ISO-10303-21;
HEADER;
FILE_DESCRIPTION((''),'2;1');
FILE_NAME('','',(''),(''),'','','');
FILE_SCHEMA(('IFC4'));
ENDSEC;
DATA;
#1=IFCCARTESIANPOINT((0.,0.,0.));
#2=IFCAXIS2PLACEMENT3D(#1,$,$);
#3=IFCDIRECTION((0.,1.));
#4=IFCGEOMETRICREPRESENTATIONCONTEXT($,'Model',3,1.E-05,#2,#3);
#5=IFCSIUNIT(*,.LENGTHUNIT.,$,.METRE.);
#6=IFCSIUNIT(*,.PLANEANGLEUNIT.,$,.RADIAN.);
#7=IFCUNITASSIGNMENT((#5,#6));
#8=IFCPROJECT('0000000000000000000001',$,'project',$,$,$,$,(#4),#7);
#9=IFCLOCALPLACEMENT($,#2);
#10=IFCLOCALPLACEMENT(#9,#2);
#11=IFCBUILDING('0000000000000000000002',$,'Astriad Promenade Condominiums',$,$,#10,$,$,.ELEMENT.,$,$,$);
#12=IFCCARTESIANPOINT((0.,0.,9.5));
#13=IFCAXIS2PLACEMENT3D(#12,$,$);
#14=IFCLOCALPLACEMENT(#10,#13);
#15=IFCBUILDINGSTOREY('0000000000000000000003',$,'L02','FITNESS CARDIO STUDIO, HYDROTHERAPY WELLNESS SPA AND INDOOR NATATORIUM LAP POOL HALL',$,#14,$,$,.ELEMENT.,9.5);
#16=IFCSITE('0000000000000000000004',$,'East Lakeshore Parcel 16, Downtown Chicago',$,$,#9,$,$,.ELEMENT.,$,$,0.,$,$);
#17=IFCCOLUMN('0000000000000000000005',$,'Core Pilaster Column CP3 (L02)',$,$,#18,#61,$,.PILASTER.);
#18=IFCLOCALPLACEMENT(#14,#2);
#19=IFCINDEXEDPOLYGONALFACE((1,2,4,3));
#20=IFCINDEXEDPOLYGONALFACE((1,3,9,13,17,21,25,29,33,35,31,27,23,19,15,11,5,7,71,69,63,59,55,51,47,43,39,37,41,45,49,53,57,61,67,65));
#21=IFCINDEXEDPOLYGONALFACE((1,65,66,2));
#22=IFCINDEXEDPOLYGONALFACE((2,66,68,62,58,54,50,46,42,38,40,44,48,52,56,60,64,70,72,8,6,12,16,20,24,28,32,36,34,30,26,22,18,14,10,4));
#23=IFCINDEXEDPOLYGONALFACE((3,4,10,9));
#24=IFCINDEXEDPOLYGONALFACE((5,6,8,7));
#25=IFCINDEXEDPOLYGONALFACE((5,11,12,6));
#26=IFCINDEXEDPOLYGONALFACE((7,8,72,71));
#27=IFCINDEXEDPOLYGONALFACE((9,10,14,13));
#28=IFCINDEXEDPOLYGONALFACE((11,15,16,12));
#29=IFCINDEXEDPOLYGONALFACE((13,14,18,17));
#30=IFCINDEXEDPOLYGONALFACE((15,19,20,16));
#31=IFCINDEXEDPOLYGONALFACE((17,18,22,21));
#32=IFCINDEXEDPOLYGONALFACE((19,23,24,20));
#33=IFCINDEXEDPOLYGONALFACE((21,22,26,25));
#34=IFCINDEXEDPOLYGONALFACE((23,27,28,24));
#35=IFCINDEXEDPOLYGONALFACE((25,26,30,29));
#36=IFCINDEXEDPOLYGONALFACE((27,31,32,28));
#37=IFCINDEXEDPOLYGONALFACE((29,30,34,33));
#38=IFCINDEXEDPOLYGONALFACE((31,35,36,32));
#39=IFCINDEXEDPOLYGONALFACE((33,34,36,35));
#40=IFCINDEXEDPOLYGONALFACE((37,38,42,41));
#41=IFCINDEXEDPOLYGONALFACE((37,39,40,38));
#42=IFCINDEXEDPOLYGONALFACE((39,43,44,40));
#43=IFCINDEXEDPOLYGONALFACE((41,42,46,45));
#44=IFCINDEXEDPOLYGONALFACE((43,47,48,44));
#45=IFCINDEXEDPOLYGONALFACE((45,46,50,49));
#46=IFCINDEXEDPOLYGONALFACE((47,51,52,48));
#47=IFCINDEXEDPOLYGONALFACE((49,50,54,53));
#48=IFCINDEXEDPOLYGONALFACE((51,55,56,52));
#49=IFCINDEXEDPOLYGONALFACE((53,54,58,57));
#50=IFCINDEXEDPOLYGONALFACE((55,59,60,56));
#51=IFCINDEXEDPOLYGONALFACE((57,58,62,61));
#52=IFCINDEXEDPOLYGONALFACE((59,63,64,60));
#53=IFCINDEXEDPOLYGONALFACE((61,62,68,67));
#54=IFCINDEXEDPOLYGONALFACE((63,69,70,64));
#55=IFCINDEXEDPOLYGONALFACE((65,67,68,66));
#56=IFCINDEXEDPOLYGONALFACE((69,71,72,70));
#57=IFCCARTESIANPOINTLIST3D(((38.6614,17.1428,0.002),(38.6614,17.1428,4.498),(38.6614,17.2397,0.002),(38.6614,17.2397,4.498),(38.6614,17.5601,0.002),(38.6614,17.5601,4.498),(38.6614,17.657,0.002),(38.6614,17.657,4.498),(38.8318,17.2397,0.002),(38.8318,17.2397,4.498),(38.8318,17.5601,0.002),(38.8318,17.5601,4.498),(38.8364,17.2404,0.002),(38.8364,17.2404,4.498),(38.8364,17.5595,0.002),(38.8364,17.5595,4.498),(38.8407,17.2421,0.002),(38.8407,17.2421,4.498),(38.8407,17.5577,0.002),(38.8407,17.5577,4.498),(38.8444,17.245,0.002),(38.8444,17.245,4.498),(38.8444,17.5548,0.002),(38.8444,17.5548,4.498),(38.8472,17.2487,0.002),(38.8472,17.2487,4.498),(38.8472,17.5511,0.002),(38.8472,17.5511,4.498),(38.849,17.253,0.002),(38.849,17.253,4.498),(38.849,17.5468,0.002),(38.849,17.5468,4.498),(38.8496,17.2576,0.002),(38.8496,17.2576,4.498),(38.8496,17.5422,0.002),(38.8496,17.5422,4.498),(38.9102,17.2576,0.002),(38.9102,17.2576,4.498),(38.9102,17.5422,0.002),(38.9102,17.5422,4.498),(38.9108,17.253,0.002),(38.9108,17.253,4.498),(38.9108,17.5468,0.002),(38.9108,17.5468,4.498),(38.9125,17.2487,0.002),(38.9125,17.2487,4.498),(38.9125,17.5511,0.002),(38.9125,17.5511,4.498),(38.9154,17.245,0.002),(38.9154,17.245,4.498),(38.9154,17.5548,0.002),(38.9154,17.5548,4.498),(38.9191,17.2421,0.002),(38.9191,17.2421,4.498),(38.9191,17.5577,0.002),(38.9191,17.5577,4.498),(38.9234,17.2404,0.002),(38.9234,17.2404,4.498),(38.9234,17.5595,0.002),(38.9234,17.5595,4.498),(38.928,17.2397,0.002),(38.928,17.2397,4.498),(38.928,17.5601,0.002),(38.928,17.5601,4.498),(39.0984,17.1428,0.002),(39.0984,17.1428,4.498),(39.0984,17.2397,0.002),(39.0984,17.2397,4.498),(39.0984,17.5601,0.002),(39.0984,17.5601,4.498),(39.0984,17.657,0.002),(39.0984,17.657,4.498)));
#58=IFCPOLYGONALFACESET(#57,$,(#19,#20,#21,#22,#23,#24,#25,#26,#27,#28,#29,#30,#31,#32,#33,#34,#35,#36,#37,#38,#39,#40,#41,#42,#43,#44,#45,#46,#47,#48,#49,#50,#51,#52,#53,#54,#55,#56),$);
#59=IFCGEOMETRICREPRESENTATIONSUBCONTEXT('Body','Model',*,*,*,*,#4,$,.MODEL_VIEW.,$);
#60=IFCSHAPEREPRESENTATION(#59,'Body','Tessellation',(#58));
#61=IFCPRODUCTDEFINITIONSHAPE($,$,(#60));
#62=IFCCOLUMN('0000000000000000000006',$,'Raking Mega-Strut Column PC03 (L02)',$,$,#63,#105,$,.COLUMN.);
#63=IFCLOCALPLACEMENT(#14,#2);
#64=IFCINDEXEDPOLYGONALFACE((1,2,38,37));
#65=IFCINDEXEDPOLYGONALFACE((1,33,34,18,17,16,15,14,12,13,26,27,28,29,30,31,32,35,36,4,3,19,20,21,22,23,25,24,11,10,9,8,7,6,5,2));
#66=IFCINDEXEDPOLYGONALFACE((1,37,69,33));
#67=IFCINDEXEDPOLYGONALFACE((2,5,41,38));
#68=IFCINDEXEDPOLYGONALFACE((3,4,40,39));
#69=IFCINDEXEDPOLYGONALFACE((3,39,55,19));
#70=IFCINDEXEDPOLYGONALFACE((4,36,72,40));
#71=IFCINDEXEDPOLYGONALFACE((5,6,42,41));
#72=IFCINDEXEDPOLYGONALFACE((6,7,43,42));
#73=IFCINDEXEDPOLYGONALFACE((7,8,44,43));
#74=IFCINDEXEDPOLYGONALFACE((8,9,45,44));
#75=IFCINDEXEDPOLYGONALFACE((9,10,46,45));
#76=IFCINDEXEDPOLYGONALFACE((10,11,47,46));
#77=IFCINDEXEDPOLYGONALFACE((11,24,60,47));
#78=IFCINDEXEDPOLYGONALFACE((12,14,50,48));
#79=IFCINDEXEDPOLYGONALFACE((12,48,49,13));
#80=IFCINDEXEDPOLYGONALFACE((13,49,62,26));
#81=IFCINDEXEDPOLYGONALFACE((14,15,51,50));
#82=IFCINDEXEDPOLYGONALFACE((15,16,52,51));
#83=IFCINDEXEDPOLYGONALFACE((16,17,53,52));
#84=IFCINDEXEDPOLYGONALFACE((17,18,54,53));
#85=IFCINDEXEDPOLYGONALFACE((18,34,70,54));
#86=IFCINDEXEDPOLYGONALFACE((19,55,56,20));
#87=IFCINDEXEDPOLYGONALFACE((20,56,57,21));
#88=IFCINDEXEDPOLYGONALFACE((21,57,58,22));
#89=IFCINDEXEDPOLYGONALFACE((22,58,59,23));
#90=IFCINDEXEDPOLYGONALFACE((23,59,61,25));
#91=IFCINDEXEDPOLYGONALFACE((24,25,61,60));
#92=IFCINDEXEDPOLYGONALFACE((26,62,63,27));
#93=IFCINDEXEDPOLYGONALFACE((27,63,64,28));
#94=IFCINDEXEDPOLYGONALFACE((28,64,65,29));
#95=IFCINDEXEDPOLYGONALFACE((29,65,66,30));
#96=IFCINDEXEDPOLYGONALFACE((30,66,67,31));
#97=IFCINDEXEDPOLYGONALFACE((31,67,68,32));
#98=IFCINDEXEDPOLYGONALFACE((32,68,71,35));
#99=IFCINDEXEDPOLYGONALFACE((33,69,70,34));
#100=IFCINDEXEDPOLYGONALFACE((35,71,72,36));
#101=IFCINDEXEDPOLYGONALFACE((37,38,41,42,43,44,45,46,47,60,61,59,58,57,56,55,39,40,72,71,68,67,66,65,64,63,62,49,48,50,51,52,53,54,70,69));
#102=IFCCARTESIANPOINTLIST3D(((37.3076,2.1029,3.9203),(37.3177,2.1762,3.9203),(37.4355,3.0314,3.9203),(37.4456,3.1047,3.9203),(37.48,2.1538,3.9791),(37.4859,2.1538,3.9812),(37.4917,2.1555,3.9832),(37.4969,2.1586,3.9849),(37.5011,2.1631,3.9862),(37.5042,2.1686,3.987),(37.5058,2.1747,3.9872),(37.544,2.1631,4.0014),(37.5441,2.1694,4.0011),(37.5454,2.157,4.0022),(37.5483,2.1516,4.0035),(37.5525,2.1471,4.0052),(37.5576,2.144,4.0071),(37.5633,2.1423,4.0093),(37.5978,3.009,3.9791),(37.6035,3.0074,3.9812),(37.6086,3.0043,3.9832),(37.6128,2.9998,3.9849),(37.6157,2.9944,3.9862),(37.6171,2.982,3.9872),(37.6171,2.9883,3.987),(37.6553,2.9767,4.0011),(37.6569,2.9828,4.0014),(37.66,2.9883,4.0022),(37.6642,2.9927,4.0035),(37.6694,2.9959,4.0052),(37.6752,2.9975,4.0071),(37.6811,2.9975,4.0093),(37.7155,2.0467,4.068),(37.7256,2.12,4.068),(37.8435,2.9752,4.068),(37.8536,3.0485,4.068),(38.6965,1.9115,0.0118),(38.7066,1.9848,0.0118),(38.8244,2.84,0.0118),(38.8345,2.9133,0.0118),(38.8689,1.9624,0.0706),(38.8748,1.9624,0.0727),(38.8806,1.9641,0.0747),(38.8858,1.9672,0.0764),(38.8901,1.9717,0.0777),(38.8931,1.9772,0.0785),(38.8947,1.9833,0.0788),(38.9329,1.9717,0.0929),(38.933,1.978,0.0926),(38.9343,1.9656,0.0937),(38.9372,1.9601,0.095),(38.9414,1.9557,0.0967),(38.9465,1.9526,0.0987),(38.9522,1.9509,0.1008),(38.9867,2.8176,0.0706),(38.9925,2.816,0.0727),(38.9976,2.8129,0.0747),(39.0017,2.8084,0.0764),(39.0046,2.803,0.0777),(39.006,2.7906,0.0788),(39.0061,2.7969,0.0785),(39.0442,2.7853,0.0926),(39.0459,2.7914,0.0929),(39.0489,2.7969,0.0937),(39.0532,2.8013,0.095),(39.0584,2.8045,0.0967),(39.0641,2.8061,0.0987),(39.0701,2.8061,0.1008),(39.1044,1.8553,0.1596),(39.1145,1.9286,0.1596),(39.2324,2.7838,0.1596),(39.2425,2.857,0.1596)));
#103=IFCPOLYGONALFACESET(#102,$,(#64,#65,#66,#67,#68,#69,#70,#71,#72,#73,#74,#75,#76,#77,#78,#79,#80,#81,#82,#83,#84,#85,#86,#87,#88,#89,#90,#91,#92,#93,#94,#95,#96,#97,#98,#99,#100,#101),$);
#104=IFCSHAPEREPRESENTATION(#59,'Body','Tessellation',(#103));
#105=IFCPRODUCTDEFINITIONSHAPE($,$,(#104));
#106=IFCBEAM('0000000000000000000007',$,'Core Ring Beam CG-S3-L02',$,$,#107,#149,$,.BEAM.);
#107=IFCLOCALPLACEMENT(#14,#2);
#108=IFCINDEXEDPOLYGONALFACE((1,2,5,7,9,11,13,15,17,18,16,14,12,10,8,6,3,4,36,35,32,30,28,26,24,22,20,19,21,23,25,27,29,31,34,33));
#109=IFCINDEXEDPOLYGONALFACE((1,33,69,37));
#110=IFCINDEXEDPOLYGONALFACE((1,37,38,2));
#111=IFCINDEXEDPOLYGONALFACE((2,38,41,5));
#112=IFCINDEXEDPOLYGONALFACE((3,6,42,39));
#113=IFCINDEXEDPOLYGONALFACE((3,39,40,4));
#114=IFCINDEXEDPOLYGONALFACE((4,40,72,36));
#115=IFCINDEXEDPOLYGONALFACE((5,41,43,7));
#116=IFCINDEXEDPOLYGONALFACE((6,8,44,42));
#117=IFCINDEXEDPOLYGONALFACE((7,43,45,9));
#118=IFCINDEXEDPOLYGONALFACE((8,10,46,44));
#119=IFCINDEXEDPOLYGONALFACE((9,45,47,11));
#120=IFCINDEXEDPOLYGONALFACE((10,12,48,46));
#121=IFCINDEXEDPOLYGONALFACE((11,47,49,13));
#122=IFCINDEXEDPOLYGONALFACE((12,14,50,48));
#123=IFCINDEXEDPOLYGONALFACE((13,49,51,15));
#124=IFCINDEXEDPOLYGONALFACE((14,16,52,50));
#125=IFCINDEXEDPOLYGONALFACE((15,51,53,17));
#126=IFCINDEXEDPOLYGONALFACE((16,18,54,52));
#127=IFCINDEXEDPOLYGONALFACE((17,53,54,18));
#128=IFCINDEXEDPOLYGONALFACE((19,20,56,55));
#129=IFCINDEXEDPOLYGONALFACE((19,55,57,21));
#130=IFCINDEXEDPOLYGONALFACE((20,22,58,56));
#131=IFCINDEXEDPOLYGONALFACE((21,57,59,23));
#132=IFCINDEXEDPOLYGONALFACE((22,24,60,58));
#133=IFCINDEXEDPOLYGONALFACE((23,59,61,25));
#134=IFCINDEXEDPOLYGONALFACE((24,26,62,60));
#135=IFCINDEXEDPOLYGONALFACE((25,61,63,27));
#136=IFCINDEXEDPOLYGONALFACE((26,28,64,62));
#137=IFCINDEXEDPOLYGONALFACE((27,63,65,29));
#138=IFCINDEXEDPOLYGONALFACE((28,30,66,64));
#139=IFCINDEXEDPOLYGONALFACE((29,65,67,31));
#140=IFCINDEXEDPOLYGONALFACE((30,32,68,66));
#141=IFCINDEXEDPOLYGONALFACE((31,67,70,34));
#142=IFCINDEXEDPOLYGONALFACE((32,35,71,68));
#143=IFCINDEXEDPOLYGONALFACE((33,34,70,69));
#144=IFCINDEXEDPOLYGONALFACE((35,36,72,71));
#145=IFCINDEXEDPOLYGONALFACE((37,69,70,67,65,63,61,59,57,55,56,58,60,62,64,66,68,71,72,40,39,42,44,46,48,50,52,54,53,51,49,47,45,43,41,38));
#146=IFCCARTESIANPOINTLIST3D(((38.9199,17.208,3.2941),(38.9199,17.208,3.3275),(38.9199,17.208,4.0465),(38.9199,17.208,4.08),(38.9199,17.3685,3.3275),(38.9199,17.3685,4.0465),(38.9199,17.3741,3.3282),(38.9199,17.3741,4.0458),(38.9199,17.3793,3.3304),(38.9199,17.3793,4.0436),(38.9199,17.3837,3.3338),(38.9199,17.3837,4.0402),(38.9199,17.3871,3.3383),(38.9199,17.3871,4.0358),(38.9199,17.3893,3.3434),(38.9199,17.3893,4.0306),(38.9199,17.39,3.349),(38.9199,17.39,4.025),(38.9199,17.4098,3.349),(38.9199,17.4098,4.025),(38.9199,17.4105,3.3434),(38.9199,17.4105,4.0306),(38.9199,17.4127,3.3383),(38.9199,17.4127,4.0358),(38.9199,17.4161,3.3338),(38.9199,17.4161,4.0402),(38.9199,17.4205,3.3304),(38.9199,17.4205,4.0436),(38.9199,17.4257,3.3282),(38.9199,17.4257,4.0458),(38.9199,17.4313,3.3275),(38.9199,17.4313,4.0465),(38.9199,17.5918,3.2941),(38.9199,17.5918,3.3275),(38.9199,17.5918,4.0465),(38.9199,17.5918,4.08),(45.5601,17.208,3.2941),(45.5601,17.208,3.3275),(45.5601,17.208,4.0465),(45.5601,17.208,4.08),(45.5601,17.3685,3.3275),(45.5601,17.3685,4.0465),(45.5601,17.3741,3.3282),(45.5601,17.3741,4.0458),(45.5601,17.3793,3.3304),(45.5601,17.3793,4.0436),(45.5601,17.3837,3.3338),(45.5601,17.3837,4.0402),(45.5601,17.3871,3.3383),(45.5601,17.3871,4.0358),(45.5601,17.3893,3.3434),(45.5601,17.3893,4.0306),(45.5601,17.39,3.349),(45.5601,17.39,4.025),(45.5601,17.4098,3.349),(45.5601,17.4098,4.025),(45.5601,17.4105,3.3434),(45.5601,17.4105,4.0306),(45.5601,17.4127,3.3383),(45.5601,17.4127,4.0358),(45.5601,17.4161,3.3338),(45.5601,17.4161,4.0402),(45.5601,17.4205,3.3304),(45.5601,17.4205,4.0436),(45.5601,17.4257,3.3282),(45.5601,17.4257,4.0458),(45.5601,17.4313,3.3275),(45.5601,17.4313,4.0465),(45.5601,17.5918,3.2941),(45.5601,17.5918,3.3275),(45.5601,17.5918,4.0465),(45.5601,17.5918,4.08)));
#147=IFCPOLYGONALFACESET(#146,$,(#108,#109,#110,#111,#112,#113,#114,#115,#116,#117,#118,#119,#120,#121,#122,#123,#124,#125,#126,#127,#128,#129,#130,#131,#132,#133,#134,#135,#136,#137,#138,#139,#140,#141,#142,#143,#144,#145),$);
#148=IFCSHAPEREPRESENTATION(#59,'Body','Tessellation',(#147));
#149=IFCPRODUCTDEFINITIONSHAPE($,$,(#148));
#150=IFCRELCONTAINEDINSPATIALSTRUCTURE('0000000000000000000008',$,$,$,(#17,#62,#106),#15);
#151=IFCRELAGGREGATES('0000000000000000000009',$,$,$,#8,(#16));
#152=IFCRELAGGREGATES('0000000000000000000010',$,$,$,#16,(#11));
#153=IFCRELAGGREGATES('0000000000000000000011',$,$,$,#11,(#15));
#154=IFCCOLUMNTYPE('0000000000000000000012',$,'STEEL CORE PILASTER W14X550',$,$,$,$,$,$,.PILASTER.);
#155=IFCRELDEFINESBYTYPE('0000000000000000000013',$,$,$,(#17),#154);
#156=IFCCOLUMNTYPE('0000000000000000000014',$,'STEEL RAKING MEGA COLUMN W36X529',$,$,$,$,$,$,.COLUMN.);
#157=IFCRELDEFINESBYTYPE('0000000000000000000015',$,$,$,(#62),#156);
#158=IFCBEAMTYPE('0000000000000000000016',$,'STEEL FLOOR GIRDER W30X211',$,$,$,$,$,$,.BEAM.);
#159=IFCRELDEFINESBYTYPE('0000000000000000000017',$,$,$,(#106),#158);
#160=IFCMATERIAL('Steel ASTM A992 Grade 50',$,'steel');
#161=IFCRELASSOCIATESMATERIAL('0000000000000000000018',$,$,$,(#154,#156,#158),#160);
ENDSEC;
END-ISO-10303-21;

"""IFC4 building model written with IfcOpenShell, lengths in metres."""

from ifc_helpers import new_model, si_unit, direction, frame, origin, origin_2d, place, context, subcontext, project, spatial, i_section, extrude, source, transform, mapped, material, material_profile, profile_set, type_object, type_shapes, element, save


model = new_model("IFC4")

# Units and contexts
model_context = context("Model", 3, precision=1e-05, world=origin(), true_north=direction((0.0, 1.0)))
body_context = subcontext(model_context, "Body", "Model", "MODEL_VIEW")
ifc_project = project(units=[si_unit("LENGTHUNIT", "METRE"), si_unit("PLANEANGLEUNIT", "RADIAN")], contexts=[model_context])

# Site, building, storey
site_placement = place(None, origin())
site = spatial("IfcSite", under=ifc_project, at=site_placement, Name="East Lakeshore Parcel 16, Downtown Chicago", CompositionType="ELEMENT", RefElevation=0.0)
building_placement = place(site_placement, origin())
building = spatial("IfcBuilding", under=site, at=building_placement, Name="Astriad Promenade Condominiums", CompositionType="ELEMENT")
storey_placement = place(building_placement, frame((0.0, 0.0, 9.5)))
storey = spatial("IfcBuildingStorey", under=building, at=storey_placement, Name="L02", Description="FITNESS CARDIO STUDIO, HYDROTHERAPY WELLNESS SPA AND INDOOR NATATORIUM LAP POOL HALL", CompositionType="ELEMENT", Elevation=9.5)

# Columns
ifc_material_1 = material(Name="Steel ASTM A992 Grade 50", Category="steel")
ifc_material_profile_1 = material_profile(ifc_material_1, i_section(OverallWidth=0.437, OverallDepth=0.5142, WebThickness=0.0605, FlangeThickness=0.0969, FilletRadius=0.0178, at=origin_2d()), Name="W14X550")
ifc_profile_set_1 = profile_set([ifc_material_profile_1], Name="Steel ASTM A992 Grade 50")
column_type_1 = type_object("IfcColumnType", Name="STEEL CORE PILASTER W14X550", PredefinedType="PILASTER", material=ifc_profile_set_1)
shared_shape_1 = source(origin(), body_context, "Body", "SweptSolid", [
    extrude(i_section(OverallWidth=0.437, OverallDepth=0.5142, WebThickness=0.0605, FlangeThickness=0.0969, FilletRadius=0.0178, at=origin_2d()), origin(), (0.0, 0.0, 1.0), 4.4961),
])
type_shapes(column_type_1, [shared_shape_1])
column_1_placement = place(storey_placement, frame((38.8799, 17.3999, 0.002), z_axis=(0.0, 0.0, 1.0), x_axis=(1.0, 0.0, 0.0)))
element("IfcColumn", 1, at=column_1_placement, inside=storey, type_object=column_type_1, Name="Core Pilaster Column CP3 (L02)", PredefinedType="PILASTER", context=body_context, shape_type="MappedRepresentation", body=[
    mapped(shared_shape_1, transform((0.0, 0.0, 0.0), scale=1.0)),
])
ifc_material_profile_2 = material_profile(ifc_material_1, i_section(OverallWidth=0.4375, OverallDepth=1.0112, WebThickness=0.041, FlangeThickness=0.074, FilletRadius=0.0242, at=origin_2d()), Name="W36X529")
ifc_profile_set_2 = profile_set([ifc_material_profile_2], Name="Steel ASTM A992 Grade 50")
column_type_2 = type_object("IfcColumnType", Name="STEEL RAKING MEGA COLUMN W36X529", PredefinedType="COLUMN", material=ifc_profile_set_2)
shared_shape_2 = source(origin(), body_context, "Body", "SweptSolid", [
    extrude(i_section(OverallWidth=0.4375, OverallDepth=1.0112, WebThickness=0.041, FlangeThickness=0.074, FilletRadius=0.0242, at=origin_2d()), origin(), (0.0, 0.0, 1.0), 4.1523),
])
type_shapes(column_type_2, [shared_shape_2])
column_2_placement = place(storey_placement, frame((38.9695, 2.3843, 0.0857), z_axis=(-0.334492, 0.046096, 0.94127), x_axis=(0.932458, -0.128502, 0.337654)))
element("IfcColumn", 2, at=column_2_placement, inside=storey, type_object=column_type_2, Name="Raking Mega-Strut Column PC03 (L02)", PredefinedType="COLUMN", context=body_context, shape_type="MappedRepresentation", body=[
    mapped(shared_shape_2, transform((0.0, 0.0, 0.0), scale=1.0)),
])

# Beam
ifc_material_profile_3 = material_profile(ifc_material_1, i_section(OverallWidth=0.3838, OverallDepth=0.7859, WebThickness=0.0198, FlangeThickness=0.0334, FilletRadius=0.0215, at=origin_2d()), Name="W30X211")
ifc_profile_set_3 = profile_set([ifc_material_profile_3], Name="Steel ASTM A992 Grade 50")
beam_type_1 = type_object("IfcBeamType", Name="STEEL FLOOR GIRDER W30X211", PredefinedType="BEAM", material=ifc_profile_set_3)
shared_shape_3 = source(origin(), body_context, "Body", "SweptSolid", [
    extrude(i_section(OverallWidth=0.3838, OverallDepth=0.7859, WebThickness=0.0198, FlangeThickness=0.0334, FilletRadius=0.0215, at=origin_2d()), origin(), (0.0, 0.0, 1.0), 6.6401),
])
type_shapes(beam_type_1, [shared_shape_3])
beam_1_placement = place(storey_placement, frame((38.9199, 17.3999, 3.687), z_axis=(1.0, 0.0, 0.0), x_axis=(0.0, 1.0, 0.0)))
element("IfcBeam", 3, at=beam_1_placement, inside=storey, type_object=beam_type_1, Name="Core Ring Beam CG-S3-L02", PredefinedType="BEAM", context=body_context, shape_type="MappedRepresentation", body=[
    mapped(shared_shape_3, transform((0.0, 0.0, 0.0), scale=1.0)),
])

save(model, "model.ifc")
